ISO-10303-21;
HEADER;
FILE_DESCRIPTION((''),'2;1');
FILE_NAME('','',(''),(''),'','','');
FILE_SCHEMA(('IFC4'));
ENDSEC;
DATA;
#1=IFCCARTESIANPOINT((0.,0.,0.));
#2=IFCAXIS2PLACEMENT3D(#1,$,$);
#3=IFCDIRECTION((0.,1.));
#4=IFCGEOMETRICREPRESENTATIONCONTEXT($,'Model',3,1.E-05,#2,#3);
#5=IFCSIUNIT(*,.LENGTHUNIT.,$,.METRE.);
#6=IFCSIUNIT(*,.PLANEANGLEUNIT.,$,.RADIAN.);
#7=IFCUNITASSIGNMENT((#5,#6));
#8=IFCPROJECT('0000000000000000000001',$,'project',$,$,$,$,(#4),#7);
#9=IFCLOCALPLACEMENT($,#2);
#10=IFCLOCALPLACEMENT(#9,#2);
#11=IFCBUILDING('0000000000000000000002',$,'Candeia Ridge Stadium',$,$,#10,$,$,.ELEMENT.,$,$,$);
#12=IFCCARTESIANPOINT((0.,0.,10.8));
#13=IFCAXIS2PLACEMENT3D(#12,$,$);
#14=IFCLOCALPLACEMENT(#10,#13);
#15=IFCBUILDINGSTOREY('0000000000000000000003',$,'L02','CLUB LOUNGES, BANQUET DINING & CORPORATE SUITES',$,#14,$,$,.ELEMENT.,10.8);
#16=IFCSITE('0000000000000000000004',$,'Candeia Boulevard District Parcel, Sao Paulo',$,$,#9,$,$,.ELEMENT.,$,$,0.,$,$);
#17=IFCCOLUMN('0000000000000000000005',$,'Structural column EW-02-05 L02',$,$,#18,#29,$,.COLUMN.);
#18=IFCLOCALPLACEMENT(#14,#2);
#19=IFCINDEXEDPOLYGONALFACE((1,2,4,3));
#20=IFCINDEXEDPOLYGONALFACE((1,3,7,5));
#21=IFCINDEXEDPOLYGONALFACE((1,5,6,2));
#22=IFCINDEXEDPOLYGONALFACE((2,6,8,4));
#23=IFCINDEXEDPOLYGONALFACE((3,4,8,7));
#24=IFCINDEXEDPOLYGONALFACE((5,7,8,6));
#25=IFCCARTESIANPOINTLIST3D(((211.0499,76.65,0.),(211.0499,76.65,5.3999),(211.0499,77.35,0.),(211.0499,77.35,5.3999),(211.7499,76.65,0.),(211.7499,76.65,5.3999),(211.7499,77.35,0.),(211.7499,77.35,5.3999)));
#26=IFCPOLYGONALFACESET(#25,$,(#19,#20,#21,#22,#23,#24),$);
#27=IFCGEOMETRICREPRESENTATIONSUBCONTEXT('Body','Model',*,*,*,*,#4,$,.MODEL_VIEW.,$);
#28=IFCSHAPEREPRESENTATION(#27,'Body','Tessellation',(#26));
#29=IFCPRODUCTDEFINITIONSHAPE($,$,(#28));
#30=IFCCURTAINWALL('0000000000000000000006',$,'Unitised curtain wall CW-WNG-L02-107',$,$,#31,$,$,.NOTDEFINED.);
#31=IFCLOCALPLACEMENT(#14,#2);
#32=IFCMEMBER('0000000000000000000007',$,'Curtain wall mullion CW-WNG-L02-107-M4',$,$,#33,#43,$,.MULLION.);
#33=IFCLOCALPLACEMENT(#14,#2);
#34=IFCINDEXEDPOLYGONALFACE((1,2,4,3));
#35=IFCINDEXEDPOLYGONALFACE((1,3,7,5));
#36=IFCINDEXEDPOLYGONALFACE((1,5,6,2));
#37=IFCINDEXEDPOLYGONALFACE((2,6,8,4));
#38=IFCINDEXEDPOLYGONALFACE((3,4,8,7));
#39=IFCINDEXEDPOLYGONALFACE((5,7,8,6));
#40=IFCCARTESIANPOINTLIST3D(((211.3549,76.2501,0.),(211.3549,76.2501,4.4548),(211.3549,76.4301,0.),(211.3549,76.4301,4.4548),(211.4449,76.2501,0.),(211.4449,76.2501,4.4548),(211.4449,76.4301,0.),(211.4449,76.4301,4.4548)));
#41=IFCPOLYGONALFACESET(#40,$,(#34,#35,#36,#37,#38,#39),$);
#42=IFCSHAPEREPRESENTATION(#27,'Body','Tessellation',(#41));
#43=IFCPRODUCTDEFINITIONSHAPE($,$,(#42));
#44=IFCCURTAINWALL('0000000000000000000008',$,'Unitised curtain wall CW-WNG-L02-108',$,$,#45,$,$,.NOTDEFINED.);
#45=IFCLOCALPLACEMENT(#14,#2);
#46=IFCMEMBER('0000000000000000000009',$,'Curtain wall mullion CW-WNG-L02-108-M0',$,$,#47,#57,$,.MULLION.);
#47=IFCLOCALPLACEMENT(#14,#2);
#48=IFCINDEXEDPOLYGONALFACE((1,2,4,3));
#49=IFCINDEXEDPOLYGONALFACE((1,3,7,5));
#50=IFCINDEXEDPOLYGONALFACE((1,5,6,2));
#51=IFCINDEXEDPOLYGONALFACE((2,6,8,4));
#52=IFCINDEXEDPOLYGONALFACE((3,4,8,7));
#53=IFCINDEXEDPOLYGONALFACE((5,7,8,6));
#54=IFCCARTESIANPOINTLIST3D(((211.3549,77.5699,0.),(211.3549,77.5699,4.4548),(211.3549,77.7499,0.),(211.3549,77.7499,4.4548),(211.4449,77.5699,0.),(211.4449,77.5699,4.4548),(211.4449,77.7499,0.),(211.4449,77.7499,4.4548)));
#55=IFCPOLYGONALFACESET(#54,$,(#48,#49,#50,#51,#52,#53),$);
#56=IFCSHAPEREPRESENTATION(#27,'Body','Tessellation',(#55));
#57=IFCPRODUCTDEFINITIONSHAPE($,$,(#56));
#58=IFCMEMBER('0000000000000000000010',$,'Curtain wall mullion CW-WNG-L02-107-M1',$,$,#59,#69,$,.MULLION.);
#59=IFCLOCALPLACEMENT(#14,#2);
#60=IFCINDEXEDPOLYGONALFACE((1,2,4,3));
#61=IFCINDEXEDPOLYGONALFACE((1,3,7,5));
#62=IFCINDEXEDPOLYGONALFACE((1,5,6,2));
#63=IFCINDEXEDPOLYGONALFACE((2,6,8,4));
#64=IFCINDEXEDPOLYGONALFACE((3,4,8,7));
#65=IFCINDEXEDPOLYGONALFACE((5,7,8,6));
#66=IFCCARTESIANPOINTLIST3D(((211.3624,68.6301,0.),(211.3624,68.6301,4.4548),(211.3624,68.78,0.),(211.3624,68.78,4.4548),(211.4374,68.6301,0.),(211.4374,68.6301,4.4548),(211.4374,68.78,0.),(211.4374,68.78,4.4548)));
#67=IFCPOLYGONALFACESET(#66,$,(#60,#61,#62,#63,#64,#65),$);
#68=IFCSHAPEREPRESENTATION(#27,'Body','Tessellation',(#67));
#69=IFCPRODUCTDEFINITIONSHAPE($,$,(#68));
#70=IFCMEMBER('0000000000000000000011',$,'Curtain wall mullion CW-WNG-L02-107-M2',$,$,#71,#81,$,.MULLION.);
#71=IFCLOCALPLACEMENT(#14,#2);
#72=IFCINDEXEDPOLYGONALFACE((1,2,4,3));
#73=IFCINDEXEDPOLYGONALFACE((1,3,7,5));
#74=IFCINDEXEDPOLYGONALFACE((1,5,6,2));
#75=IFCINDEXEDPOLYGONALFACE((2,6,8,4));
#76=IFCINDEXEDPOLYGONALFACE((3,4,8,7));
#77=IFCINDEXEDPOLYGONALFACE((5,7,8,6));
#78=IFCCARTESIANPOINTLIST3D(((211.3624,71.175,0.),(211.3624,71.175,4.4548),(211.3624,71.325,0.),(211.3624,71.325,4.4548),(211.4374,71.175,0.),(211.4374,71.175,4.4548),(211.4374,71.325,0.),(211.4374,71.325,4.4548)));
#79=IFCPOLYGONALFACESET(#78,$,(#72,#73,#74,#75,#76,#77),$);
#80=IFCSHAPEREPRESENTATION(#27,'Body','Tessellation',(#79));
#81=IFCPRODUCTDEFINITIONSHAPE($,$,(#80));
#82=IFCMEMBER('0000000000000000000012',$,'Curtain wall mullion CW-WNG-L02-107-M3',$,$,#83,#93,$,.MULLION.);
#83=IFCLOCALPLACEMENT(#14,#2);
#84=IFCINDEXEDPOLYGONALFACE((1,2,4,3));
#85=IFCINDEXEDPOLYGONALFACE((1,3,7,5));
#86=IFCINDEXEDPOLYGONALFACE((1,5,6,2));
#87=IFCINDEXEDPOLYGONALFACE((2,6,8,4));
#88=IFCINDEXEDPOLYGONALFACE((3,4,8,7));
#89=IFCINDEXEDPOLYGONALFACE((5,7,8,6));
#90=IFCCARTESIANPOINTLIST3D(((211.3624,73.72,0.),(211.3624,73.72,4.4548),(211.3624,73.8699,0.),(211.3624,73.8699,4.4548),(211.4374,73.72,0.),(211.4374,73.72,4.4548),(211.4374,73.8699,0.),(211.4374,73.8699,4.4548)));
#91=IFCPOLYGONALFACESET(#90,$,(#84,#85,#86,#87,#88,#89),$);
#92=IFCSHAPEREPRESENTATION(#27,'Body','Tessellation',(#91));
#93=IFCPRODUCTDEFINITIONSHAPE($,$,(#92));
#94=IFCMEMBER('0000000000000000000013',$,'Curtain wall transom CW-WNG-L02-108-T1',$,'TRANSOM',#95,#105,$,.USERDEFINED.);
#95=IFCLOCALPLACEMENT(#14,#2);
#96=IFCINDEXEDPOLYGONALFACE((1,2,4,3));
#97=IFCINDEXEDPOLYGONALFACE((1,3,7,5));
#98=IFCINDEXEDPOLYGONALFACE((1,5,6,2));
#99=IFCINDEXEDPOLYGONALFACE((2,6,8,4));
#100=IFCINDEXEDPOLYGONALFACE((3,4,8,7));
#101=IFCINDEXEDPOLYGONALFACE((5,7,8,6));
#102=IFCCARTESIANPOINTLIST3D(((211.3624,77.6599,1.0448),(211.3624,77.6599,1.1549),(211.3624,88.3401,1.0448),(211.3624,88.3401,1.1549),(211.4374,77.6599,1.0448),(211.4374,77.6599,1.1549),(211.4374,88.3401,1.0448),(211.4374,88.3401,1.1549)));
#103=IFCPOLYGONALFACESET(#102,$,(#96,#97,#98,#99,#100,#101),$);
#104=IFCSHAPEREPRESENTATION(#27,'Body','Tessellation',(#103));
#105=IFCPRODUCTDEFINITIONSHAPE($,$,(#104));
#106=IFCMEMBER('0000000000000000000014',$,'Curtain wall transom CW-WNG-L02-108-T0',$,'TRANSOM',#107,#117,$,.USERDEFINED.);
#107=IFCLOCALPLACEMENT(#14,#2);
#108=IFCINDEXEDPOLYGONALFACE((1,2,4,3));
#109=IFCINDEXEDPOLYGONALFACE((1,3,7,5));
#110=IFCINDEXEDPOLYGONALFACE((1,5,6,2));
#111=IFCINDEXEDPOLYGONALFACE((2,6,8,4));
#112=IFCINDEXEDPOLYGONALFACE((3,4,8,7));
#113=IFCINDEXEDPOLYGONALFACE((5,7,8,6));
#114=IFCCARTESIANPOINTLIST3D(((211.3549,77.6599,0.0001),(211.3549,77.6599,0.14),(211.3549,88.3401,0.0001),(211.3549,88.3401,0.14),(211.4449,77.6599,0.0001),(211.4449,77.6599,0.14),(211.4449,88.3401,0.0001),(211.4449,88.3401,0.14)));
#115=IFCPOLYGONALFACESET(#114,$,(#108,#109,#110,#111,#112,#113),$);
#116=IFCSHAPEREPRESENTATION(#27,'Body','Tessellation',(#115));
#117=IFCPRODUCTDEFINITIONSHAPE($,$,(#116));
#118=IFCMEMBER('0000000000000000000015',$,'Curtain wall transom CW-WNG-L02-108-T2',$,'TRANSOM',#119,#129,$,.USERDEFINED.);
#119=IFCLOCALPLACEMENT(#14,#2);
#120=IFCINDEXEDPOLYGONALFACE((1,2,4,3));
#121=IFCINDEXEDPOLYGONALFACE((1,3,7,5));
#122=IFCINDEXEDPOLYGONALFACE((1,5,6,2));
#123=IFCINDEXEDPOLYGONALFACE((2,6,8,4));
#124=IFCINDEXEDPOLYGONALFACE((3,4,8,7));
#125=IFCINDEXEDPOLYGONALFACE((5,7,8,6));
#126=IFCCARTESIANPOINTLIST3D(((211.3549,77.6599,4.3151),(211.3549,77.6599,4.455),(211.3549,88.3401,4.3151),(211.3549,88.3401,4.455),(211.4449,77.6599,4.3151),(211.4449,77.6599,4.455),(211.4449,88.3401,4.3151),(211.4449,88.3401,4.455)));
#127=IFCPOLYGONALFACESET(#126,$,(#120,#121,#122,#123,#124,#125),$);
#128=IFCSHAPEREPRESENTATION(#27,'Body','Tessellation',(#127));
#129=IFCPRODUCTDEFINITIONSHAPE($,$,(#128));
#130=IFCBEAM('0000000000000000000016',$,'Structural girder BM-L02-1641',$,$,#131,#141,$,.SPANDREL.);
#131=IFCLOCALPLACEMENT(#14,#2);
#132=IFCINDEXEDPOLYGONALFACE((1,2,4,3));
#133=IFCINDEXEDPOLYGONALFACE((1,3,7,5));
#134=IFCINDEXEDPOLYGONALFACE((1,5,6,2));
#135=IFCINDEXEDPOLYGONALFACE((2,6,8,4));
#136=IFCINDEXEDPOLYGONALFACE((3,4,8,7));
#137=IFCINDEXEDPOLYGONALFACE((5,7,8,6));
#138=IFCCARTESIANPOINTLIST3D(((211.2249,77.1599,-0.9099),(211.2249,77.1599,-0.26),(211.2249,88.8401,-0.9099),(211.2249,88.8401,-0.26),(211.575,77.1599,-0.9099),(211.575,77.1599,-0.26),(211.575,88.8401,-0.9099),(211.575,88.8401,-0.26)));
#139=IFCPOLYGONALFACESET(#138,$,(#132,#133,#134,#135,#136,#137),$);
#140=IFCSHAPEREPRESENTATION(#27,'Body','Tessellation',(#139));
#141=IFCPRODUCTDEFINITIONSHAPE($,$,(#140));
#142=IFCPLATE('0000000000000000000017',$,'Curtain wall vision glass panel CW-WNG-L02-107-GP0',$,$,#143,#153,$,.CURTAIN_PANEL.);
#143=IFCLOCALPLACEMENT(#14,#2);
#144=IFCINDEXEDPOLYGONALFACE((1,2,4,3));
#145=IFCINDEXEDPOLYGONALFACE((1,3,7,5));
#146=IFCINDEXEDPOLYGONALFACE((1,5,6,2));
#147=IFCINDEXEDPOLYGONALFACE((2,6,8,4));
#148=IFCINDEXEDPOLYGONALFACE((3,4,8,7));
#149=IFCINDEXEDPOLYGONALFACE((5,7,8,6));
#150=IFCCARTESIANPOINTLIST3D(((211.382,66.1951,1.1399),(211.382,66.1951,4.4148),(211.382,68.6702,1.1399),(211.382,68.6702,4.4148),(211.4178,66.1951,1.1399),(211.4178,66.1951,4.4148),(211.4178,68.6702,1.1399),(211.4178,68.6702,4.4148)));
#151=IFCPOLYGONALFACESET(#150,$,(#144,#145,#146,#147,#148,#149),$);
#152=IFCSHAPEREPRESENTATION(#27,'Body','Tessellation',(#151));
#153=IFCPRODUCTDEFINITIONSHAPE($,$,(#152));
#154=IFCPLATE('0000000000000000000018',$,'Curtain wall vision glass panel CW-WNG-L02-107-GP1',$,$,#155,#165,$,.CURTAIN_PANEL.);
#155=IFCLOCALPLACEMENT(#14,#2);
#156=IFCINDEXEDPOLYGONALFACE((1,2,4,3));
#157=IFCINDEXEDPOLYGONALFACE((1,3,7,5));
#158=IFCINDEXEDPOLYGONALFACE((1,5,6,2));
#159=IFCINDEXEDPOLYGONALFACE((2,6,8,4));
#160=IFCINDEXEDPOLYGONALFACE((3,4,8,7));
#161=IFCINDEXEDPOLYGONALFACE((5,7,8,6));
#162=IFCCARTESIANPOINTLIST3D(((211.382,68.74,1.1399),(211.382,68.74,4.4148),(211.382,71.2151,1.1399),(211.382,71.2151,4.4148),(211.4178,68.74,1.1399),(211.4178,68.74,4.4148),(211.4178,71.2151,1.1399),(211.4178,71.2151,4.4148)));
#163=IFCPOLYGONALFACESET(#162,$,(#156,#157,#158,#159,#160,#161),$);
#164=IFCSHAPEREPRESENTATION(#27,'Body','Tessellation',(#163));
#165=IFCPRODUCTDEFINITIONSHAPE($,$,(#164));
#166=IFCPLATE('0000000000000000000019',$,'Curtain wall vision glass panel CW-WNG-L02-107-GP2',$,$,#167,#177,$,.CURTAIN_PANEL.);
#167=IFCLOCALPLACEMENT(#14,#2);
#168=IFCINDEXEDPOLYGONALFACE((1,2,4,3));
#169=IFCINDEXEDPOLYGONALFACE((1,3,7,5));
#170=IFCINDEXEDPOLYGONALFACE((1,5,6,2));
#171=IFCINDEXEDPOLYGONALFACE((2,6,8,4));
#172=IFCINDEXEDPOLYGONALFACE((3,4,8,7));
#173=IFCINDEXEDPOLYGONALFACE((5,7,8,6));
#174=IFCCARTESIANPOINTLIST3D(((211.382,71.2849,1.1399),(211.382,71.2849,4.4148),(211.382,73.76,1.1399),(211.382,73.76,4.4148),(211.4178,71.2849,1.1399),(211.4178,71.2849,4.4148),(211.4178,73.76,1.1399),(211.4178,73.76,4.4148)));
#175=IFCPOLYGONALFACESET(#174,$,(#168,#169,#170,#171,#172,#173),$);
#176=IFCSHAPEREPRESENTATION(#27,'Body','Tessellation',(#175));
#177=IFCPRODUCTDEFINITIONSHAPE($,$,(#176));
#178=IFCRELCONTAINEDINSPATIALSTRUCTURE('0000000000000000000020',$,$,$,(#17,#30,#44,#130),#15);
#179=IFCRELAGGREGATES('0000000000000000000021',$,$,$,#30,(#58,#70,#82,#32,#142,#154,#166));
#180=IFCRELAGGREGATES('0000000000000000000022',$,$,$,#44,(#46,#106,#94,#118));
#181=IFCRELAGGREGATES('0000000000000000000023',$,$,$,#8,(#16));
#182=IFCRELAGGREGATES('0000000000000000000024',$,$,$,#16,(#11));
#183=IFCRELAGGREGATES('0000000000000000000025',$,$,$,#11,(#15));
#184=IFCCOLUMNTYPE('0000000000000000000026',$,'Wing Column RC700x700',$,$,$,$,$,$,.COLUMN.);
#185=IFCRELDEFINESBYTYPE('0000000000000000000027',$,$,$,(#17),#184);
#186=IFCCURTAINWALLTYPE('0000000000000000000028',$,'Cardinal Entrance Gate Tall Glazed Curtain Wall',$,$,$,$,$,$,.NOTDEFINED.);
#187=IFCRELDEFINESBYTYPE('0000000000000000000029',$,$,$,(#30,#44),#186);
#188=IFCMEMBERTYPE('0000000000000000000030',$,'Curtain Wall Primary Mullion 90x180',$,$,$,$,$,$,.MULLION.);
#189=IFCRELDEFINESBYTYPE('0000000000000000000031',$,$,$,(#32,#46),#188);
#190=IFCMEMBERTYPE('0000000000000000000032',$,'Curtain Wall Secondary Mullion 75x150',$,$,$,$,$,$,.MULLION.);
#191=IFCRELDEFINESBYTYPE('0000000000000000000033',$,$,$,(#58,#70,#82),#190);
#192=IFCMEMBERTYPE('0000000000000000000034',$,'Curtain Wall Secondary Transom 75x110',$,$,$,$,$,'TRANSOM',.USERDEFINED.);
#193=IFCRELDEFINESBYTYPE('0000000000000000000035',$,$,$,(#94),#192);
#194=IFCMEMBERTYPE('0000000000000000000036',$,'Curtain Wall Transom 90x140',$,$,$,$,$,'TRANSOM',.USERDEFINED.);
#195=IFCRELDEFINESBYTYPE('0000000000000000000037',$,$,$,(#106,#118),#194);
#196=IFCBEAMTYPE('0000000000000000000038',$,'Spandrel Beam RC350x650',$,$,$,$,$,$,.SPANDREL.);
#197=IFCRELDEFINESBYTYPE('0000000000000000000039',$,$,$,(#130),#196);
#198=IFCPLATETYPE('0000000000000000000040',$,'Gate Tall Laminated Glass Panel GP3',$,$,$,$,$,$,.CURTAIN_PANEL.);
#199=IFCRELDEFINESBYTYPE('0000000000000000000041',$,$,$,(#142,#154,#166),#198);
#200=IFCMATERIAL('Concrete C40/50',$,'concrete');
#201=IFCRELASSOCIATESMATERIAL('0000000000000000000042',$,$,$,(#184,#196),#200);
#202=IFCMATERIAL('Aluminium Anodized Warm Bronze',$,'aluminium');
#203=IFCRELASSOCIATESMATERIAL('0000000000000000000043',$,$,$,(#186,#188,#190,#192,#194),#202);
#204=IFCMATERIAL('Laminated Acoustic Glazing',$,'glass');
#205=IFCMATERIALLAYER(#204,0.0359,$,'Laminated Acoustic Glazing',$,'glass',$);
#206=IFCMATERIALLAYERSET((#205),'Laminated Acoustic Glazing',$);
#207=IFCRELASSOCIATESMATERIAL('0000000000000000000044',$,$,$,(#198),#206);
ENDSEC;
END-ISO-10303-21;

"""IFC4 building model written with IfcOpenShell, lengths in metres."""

from ifc_helpers import new_model, si_unit, direction, frame, origin, origin_2d, place, context, subcontext, project, spatial, rectangle, extrude, material, layer, layer_set, material_profile, profile_set, type_object, element, aggregate, save


model = new_model("IFC4")

# Units and contexts
model_context = context("Model", 3, precision=1e-05, world=origin(), true_north=direction((0.0, 1.0)))
body_context = subcontext(model_context, "Body", "Model", "MODEL_VIEW")
ifc_project = project(units=[si_unit("LENGTHUNIT", "METRE"), si_unit("PLANEANGLEUNIT", "RADIAN")], contexts=[model_context])

# Site, building, storey
site_placement = place(None, origin())
site = spatial("IfcSite", under=ifc_project, at=site_placement, Name="Candeia Boulevard District Parcel, Sao Paulo", CompositionType="ELEMENT", RefElevation=0.0)
building_placement = place(site_placement, origin())
building = spatial("IfcBuilding", under=site, at=building_placement, Name="Candeia Ridge Stadium", CompositionType="ELEMENT")
storey_placement = place(building_placement, frame((0.0, 0.0, 10.8)))
storey = spatial("IfcBuildingStorey", under=building, at=storey_placement, Name="L02", Description="CLUB LOUNGES, BANQUET DINING & CORPORATE SUITES", CompositionType="ELEMENT", Elevation=10.8)

# Column
ifc_material_1 = material(Name="Concrete C40/50", Category="concrete")
ifc_material_profile_1 = material_profile(ifc_material_1, rectangle(XDim=0.7, YDim=0.7, at=origin_2d()), Name="RC700x700", Category="concrete")
ifc_profile_set_1 = profile_set([ifc_material_profile_1], Name="Concrete C40/50")
column_type = type_object("IfcColumnType", Name="Wing Column RC700x700", PredefinedType="COLUMN", material=ifc_profile_set_1)
column_placement = place(storey_placement, frame((211.3999, 77.0, 0.0), z_axis=(0.0, 0.0, 1.0), x_axis=(1.0, 0.0, 0.0)))
element("IfcColumn", 1, at=column_placement, inside=storey, type_object=column_type, Name="Structural column EW-02-05 L02", PredefinedType="COLUMN", context=body_context, shape_type="SweptSolid", body=[
    extrude(rectangle(XDim=0.7, YDim=0.7, at=origin_2d()), origin(), (0.0, 0.0, 1.0), 5.3999),
])

# Curtain walls, members
ifc_material_2 = material(Name="Aluminium Anodized Warm Bronze", Category="aluminium")
curtain_wall_type = type_object("IfcCurtainWallType", Name="Cardinal Entrance Gate Tall Glazed Curtain Wall", PredefinedType="NOTDEFINED", material=ifc_material_2)
curtain_wall_1_placement = place(storey_placement, origin())
curtain_wall_1 = element("IfcCurtainWall", 2, at=curtain_wall_1_placement, inside=storey, type_object=curtain_wall_type, Name="Unitised curtain wall CW-WNG-L02-107", PredefinedType="NOTDEFINED")
ifc_material_profile_2 = material_profile(ifc_material_2, rectangle(XDim=0.0901, YDim=0.1799, at=origin_2d()), Name="CWM-90x180", Category="aluminium")
ifc_profile_set_2 = profile_set([ifc_material_profile_2], Name="Aluminium Anodized Warm Bronze")
member_type_1 = type_object("IfcMemberType", Name="Curtain Wall Primary Mullion 90x180", PredefinedType="MULLION", material=ifc_profile_set_2)
member_1_placement = place(storey_placement, frame((211.3999, 76.3401, 0.0), z_axis=(0.0, 0.0, 1.0), x_axis=(1.0, 0.0, 0.0)))
member_1 = element("IfcMember", 3, at=member_1_placement, type_object=member_type_1, Name="Curtain wall mullion CW-WNG-L02-107-M4", PredefinedType="MULLION", context=body_context, shape_type="SweptSolid", body=[
    extrude(rectangle(XDim=0.0901, YDim=0.1799, at=origin_2d()), origin(), (0.0, 0.0, 1.0), 4.4548),
])
curtain_wall_2_placement = place(storey_placement, origin())
curtain_wall_2 = element("IfcCurtainWall", 4, at=curtain_wall_2_placement, inside=storey, type_object=curtain_wall_type, Name="Unitised curtain wall CW-WNG-L02-108", PredefinedType="NOTDEFINED")
member_2_placement = place(storey_placement, frame((211.3999, 77.6599, 0.0), z_axis=(0.0, 0.0, 1.0), x_axis=(1.0, 0.0, 0.0)))
member_2 = element("IfcMember", 5, at=member_2_placement, type_object=member_type_1, Name="Curtain wall mullion CW-WNG-L02-108-M0", PredefinedType="MULLION", context=body_context, shape_type="SweptSolid", body=[
    extrude(rectangle(XDim=0.0901, YDim=0.1799, at=origin_2d()), origin(), (0.0, 0.0, 1.0), 4.4548),
])

# Members
ifc_material_profile_3 = material_profile(ifc_material_2, rectangle(XDim=0.075, YDim=0.1499, at=origin_2d()), Name="CWM-75x150", Category="aluminium")
ifc_profile_set_3 = profile_set([ifc_material_profile_3], Name="Aluminium Anodized Warm Bronze")
member_type_2 = type_object("IfcMemberType", Name="Curtain Wall Secondary Mullion 75x150", PredefinedType="MULLION", material=ifc_profile_set_3)
member_3_placement = place(storey_placement, frame((211.3999, 68.7051, 0.0), z_axis=(0.0, 0.0, 1.0), x_axis=(1.0, 0.0, 0.0)))
member_3 = element("IfcMember", 6, at=member_3_placement, type_object=member_type_2, Name="Curtain wall mullion CW-WNG-L02-107-M1", PredefinedType="MULLION", context=body_context, shape_type="SweptSolid", body=[
    extrude(rectangle(XDim=0.075, YDim=0.1499, at=origin_2d()), origin(), (0.0, 0.0, 1.0), 4.4548),
])
member_4_placement = place(storey_placement, frame((211.3999, 71.25, 0.0), z_axis=(0.0, 0.0, 1.0), x_axis=(1.0, 0.0, 0.0)))
member_4 = element("IfcMember", 7, at=member_4_placement, type_object=member_type_2, Name="Curtain wall mullion CW-WNG-L02-107-M2", PredefinedType="MULLION", context=body_context, shape_type="SweptSolid", body=[
    extrude(rectangle(XDim=0.075, YDim=0.1499, at=origin_2d()), origin(), (0.0, 0.0, 1.0), 4.4548),
])
member_5_placement = place(storey_placement, frame((211.3999, 73.7949, 0.0), z_axis=(0.0, 0.0, 1.0), x_axis=(1.0, 0.0, 0.0)))
member_5 = element("IfcMember", 8, at=member_5_placement, type_object=member_type_2, Name="Curtain wall mullion CW-WNG-L02-107-M3", PredefinedType="MULLION", context=body_context, shape_type="SweptSolid", body=[
    extrude(rectangle(XDim=0.075, YDim=0.1499, at=origin_2d()), origin(), (0.0, 0.0, 1.0), 4.4548),
])
ifc_material_profile_4 = material_profile(ifc_material_2, rectangle(XDim=0.075, YDim=0.1101, at=origin_2d()), Name="CWT-75x110", Category="aluminium")
ifc_profile_set_4 = profile_set([ifc_material_profile_4], Name="Aluminium Anodized Warm Bronze")
member_type_3 = type_object("IfcMemberType", Name="Curtain Wall Secondary Transom 75x110", ElementType="TRANSOM", PredefinedType="USERDEFINED", material=ifc_profile_set_4)
member_6_placement = place(storey_placement, frame((211.3999, 77.6599, 1.0999), z_axis=(0.0, 1.0, 0.0), x_axis=(-1.0, 0.0, 0.0)))
member_6 = element("IfcMember", 9, at=member_6_placement, type_object=member_type_3, Name="Curtain wall transom CW-WNG-L02-108-T1", ObjectType="TRANSOM", PredefinedType="USERDEFINED", context=body_context, shape_type="SweptSolid", body=[
    extrude(rectangle(XDim=0.075, YDim=0.1101, at=origin_2d()), origin(), (0.0, 0.0, 1.0), 10.6802),
])
ifc_material_profile_5 = material_profile(ifc_material_2, rectangle(XDim=0.0901, YDim=0.1399, at=origin_2d()), Name="CWT-90x140", Category="aluminium")
ifc_profile_set_5 = profile_set([ifc_material_profile_5], Name="Aluminium Anodized Warm Bronze")
member_type_4 = type_object("IfcMemberType", Name="Curtain Wall Transom 90x140", ElementType="TRANSOM", PredefinedType="USERDEFINED", material=ifc_profile_set_5)
member_7_placement = place(storey_placement, frame((211.3999, 77.6599, 0.0701), z_axis=(0.0, 1.0, 0.0), x_axis=(-1.0, 0.0, 0.0)))
member_7 = element("IfcMember", 10, at=member_7_placement, type_object=member_type_4, Name="Curtain wall transom CW-WNG-L02-108-T0", ObjectType="TRANSOM", PredefinedType="USERDEFINED", context=body_context, shape_type="SweptSolid", body=[
    extrude(rectangle(XDim=0.0901, YDim=0.1399, at=origin_2d()), origin(), (0.0, 0.0, 1.0), 10.6802),
])
member_8_placement = place(storey_placement, frame((211.3999, 77.6599, 4.385), z_axis=(0.0, 1.0, 0.0), x_axis=(-1.0, 0.0, 0.0)))
member_8 = element("IfcMember", 11, at=member_8_placement, type_object=member_type_4, Name="Curtain wall transom CW-WNG-L02-108-T2", ObjectType="TRANSOM", PredefinedType="USERDEFINED", context=body_context, shape_type="SweptSolid", body=[
    extrude(rectangle(XDim=0.0901, YDim=0.1399, at=origin_2d()), origin(), (0.0, 0.0, 1.0), 10.6802),
])

# Beam
ifc_material_profile_6 = material_profile(ifc_material_1, rectangle(XDim=0.3501, YDim=0.6499, at=origin_2d()), Name="RC350x650", Category="concrete")
ifc_profile_set_6 = profile_set([ifc_material_profile_6], Name="Concrete C40/50")
beam_type = type_object("IfcBeamType", Name="Spandrel Beam RC350x650", PredefinedType="SPANDREL", material=ifc_profile_set_6)
beam_placement = place(storey_placement, frame((211.3999, 77.1599, -0.585), z_axis=(0.0, 1.0, 0.0), x_axis=(-1.0, 0.0, 0.0)))
element("IfcBeam", 12, at=beam_placement, inside=storey, type_object=beam_type, Name="Structural girder BM-L02-1641", PredefinedType="SPANDREL", context=body_context, shape_type="SweptSolid", body=[
    extrude(rectangle(XDim=0.3501, YDim=0.6499, at=origin_2d()), origin(), (0.0, 0.0, 1.0), 11.6802),
])

# Plates
ifc_material_3 = material(Name="Laminated Acoustic Glazing", Category="glass")
ifc_layer_1 = layer(ifc_material_3, 0.0359, Name="Laminated Acoustic Glazing", Category="glass")
ifc_layer_set_1 = layer_set([ifc_layer_1], Name="Laminated Acoustic Glazing")
plate_type_1 = type_object("IfcPlateType", Name="Gate Tall Laminated Glass Panel GP3", PredefinedType="CURTAIN_PANEL", material=ifc_layer_set_1)
plate_1_placement = place(storey_placement, frame((211.3999, 67.4326, 1.1399), z_axis=(0.0, 0.0, 1.0), x_axis=(0.0, 1.0, 0.0)))
plate_1 = element("IfcPlate", 13, at=plate_1_placement, type_object=plate_type_1, Name="Curtain wall vision glass panel CW-WNG-L02-107-GP0", PredefinedType="CURTAIN_PANEL", context=body_context, shape_type="SweptSolid", body=[
    extrude(rectangle(XDim=2.4751, YDim=0.0359, at=origin_2d()), origin(), (0.0, 0.0, 1.0), 3.2749),
])
plate_2_placement = place(storey_placement, frame((211.3999, 69.9775, 1.1399), z_axis=(0.0, 0.0, 1.0), x_axis=(0.0, 1.0, 0.0)))
plate_2 = element("IfcPlate", 14, at=plate_2_placement, type_object=plate_type_1, Name="Curtain wall vision glass panel CW-WNG-L02-107-GP1", PredefinedType="CURTAIN_PANEL", context=body_context, shape_type="SweptSolid", body=[
    extrude(rectangle(XDim=2.4751, YDim=0.0359, at=origin_2d()), origin(), (0.0, 0.0, 1.0), 3.2749),
])
plate_3_placement = place(storey_placement, frame((211.3999, 72.5225, 1.1399), z_axis=(0.0, 0.0, 1.0), x_axis=(0.0, 1.0, 0.0)))
plate_3 = element("IfcPlate", 15, at=plate_3_placement, type_object=plate_type_1, Name="Curtain wall vision glass panel CW-WNG-L02-107-GP2", PredefinedType="CURTAIN_PANEL", context=body_context, shape_type="SweptSolid", body=[
    extrude(rectangle(XDim=2.4751, YDim=0.0359, at=origin_2d()), origin(), (0.0, 0.0, 1.0), 3.2749),
])
aggregate(curtain_wall_1, [member_3, member_4, member_5, member_1, plate_1, plate_2, plate_3])
aggregate(curtain_wall_2, [member_2, member_7, member_6, member_8])

save(model, "model.ifc")
